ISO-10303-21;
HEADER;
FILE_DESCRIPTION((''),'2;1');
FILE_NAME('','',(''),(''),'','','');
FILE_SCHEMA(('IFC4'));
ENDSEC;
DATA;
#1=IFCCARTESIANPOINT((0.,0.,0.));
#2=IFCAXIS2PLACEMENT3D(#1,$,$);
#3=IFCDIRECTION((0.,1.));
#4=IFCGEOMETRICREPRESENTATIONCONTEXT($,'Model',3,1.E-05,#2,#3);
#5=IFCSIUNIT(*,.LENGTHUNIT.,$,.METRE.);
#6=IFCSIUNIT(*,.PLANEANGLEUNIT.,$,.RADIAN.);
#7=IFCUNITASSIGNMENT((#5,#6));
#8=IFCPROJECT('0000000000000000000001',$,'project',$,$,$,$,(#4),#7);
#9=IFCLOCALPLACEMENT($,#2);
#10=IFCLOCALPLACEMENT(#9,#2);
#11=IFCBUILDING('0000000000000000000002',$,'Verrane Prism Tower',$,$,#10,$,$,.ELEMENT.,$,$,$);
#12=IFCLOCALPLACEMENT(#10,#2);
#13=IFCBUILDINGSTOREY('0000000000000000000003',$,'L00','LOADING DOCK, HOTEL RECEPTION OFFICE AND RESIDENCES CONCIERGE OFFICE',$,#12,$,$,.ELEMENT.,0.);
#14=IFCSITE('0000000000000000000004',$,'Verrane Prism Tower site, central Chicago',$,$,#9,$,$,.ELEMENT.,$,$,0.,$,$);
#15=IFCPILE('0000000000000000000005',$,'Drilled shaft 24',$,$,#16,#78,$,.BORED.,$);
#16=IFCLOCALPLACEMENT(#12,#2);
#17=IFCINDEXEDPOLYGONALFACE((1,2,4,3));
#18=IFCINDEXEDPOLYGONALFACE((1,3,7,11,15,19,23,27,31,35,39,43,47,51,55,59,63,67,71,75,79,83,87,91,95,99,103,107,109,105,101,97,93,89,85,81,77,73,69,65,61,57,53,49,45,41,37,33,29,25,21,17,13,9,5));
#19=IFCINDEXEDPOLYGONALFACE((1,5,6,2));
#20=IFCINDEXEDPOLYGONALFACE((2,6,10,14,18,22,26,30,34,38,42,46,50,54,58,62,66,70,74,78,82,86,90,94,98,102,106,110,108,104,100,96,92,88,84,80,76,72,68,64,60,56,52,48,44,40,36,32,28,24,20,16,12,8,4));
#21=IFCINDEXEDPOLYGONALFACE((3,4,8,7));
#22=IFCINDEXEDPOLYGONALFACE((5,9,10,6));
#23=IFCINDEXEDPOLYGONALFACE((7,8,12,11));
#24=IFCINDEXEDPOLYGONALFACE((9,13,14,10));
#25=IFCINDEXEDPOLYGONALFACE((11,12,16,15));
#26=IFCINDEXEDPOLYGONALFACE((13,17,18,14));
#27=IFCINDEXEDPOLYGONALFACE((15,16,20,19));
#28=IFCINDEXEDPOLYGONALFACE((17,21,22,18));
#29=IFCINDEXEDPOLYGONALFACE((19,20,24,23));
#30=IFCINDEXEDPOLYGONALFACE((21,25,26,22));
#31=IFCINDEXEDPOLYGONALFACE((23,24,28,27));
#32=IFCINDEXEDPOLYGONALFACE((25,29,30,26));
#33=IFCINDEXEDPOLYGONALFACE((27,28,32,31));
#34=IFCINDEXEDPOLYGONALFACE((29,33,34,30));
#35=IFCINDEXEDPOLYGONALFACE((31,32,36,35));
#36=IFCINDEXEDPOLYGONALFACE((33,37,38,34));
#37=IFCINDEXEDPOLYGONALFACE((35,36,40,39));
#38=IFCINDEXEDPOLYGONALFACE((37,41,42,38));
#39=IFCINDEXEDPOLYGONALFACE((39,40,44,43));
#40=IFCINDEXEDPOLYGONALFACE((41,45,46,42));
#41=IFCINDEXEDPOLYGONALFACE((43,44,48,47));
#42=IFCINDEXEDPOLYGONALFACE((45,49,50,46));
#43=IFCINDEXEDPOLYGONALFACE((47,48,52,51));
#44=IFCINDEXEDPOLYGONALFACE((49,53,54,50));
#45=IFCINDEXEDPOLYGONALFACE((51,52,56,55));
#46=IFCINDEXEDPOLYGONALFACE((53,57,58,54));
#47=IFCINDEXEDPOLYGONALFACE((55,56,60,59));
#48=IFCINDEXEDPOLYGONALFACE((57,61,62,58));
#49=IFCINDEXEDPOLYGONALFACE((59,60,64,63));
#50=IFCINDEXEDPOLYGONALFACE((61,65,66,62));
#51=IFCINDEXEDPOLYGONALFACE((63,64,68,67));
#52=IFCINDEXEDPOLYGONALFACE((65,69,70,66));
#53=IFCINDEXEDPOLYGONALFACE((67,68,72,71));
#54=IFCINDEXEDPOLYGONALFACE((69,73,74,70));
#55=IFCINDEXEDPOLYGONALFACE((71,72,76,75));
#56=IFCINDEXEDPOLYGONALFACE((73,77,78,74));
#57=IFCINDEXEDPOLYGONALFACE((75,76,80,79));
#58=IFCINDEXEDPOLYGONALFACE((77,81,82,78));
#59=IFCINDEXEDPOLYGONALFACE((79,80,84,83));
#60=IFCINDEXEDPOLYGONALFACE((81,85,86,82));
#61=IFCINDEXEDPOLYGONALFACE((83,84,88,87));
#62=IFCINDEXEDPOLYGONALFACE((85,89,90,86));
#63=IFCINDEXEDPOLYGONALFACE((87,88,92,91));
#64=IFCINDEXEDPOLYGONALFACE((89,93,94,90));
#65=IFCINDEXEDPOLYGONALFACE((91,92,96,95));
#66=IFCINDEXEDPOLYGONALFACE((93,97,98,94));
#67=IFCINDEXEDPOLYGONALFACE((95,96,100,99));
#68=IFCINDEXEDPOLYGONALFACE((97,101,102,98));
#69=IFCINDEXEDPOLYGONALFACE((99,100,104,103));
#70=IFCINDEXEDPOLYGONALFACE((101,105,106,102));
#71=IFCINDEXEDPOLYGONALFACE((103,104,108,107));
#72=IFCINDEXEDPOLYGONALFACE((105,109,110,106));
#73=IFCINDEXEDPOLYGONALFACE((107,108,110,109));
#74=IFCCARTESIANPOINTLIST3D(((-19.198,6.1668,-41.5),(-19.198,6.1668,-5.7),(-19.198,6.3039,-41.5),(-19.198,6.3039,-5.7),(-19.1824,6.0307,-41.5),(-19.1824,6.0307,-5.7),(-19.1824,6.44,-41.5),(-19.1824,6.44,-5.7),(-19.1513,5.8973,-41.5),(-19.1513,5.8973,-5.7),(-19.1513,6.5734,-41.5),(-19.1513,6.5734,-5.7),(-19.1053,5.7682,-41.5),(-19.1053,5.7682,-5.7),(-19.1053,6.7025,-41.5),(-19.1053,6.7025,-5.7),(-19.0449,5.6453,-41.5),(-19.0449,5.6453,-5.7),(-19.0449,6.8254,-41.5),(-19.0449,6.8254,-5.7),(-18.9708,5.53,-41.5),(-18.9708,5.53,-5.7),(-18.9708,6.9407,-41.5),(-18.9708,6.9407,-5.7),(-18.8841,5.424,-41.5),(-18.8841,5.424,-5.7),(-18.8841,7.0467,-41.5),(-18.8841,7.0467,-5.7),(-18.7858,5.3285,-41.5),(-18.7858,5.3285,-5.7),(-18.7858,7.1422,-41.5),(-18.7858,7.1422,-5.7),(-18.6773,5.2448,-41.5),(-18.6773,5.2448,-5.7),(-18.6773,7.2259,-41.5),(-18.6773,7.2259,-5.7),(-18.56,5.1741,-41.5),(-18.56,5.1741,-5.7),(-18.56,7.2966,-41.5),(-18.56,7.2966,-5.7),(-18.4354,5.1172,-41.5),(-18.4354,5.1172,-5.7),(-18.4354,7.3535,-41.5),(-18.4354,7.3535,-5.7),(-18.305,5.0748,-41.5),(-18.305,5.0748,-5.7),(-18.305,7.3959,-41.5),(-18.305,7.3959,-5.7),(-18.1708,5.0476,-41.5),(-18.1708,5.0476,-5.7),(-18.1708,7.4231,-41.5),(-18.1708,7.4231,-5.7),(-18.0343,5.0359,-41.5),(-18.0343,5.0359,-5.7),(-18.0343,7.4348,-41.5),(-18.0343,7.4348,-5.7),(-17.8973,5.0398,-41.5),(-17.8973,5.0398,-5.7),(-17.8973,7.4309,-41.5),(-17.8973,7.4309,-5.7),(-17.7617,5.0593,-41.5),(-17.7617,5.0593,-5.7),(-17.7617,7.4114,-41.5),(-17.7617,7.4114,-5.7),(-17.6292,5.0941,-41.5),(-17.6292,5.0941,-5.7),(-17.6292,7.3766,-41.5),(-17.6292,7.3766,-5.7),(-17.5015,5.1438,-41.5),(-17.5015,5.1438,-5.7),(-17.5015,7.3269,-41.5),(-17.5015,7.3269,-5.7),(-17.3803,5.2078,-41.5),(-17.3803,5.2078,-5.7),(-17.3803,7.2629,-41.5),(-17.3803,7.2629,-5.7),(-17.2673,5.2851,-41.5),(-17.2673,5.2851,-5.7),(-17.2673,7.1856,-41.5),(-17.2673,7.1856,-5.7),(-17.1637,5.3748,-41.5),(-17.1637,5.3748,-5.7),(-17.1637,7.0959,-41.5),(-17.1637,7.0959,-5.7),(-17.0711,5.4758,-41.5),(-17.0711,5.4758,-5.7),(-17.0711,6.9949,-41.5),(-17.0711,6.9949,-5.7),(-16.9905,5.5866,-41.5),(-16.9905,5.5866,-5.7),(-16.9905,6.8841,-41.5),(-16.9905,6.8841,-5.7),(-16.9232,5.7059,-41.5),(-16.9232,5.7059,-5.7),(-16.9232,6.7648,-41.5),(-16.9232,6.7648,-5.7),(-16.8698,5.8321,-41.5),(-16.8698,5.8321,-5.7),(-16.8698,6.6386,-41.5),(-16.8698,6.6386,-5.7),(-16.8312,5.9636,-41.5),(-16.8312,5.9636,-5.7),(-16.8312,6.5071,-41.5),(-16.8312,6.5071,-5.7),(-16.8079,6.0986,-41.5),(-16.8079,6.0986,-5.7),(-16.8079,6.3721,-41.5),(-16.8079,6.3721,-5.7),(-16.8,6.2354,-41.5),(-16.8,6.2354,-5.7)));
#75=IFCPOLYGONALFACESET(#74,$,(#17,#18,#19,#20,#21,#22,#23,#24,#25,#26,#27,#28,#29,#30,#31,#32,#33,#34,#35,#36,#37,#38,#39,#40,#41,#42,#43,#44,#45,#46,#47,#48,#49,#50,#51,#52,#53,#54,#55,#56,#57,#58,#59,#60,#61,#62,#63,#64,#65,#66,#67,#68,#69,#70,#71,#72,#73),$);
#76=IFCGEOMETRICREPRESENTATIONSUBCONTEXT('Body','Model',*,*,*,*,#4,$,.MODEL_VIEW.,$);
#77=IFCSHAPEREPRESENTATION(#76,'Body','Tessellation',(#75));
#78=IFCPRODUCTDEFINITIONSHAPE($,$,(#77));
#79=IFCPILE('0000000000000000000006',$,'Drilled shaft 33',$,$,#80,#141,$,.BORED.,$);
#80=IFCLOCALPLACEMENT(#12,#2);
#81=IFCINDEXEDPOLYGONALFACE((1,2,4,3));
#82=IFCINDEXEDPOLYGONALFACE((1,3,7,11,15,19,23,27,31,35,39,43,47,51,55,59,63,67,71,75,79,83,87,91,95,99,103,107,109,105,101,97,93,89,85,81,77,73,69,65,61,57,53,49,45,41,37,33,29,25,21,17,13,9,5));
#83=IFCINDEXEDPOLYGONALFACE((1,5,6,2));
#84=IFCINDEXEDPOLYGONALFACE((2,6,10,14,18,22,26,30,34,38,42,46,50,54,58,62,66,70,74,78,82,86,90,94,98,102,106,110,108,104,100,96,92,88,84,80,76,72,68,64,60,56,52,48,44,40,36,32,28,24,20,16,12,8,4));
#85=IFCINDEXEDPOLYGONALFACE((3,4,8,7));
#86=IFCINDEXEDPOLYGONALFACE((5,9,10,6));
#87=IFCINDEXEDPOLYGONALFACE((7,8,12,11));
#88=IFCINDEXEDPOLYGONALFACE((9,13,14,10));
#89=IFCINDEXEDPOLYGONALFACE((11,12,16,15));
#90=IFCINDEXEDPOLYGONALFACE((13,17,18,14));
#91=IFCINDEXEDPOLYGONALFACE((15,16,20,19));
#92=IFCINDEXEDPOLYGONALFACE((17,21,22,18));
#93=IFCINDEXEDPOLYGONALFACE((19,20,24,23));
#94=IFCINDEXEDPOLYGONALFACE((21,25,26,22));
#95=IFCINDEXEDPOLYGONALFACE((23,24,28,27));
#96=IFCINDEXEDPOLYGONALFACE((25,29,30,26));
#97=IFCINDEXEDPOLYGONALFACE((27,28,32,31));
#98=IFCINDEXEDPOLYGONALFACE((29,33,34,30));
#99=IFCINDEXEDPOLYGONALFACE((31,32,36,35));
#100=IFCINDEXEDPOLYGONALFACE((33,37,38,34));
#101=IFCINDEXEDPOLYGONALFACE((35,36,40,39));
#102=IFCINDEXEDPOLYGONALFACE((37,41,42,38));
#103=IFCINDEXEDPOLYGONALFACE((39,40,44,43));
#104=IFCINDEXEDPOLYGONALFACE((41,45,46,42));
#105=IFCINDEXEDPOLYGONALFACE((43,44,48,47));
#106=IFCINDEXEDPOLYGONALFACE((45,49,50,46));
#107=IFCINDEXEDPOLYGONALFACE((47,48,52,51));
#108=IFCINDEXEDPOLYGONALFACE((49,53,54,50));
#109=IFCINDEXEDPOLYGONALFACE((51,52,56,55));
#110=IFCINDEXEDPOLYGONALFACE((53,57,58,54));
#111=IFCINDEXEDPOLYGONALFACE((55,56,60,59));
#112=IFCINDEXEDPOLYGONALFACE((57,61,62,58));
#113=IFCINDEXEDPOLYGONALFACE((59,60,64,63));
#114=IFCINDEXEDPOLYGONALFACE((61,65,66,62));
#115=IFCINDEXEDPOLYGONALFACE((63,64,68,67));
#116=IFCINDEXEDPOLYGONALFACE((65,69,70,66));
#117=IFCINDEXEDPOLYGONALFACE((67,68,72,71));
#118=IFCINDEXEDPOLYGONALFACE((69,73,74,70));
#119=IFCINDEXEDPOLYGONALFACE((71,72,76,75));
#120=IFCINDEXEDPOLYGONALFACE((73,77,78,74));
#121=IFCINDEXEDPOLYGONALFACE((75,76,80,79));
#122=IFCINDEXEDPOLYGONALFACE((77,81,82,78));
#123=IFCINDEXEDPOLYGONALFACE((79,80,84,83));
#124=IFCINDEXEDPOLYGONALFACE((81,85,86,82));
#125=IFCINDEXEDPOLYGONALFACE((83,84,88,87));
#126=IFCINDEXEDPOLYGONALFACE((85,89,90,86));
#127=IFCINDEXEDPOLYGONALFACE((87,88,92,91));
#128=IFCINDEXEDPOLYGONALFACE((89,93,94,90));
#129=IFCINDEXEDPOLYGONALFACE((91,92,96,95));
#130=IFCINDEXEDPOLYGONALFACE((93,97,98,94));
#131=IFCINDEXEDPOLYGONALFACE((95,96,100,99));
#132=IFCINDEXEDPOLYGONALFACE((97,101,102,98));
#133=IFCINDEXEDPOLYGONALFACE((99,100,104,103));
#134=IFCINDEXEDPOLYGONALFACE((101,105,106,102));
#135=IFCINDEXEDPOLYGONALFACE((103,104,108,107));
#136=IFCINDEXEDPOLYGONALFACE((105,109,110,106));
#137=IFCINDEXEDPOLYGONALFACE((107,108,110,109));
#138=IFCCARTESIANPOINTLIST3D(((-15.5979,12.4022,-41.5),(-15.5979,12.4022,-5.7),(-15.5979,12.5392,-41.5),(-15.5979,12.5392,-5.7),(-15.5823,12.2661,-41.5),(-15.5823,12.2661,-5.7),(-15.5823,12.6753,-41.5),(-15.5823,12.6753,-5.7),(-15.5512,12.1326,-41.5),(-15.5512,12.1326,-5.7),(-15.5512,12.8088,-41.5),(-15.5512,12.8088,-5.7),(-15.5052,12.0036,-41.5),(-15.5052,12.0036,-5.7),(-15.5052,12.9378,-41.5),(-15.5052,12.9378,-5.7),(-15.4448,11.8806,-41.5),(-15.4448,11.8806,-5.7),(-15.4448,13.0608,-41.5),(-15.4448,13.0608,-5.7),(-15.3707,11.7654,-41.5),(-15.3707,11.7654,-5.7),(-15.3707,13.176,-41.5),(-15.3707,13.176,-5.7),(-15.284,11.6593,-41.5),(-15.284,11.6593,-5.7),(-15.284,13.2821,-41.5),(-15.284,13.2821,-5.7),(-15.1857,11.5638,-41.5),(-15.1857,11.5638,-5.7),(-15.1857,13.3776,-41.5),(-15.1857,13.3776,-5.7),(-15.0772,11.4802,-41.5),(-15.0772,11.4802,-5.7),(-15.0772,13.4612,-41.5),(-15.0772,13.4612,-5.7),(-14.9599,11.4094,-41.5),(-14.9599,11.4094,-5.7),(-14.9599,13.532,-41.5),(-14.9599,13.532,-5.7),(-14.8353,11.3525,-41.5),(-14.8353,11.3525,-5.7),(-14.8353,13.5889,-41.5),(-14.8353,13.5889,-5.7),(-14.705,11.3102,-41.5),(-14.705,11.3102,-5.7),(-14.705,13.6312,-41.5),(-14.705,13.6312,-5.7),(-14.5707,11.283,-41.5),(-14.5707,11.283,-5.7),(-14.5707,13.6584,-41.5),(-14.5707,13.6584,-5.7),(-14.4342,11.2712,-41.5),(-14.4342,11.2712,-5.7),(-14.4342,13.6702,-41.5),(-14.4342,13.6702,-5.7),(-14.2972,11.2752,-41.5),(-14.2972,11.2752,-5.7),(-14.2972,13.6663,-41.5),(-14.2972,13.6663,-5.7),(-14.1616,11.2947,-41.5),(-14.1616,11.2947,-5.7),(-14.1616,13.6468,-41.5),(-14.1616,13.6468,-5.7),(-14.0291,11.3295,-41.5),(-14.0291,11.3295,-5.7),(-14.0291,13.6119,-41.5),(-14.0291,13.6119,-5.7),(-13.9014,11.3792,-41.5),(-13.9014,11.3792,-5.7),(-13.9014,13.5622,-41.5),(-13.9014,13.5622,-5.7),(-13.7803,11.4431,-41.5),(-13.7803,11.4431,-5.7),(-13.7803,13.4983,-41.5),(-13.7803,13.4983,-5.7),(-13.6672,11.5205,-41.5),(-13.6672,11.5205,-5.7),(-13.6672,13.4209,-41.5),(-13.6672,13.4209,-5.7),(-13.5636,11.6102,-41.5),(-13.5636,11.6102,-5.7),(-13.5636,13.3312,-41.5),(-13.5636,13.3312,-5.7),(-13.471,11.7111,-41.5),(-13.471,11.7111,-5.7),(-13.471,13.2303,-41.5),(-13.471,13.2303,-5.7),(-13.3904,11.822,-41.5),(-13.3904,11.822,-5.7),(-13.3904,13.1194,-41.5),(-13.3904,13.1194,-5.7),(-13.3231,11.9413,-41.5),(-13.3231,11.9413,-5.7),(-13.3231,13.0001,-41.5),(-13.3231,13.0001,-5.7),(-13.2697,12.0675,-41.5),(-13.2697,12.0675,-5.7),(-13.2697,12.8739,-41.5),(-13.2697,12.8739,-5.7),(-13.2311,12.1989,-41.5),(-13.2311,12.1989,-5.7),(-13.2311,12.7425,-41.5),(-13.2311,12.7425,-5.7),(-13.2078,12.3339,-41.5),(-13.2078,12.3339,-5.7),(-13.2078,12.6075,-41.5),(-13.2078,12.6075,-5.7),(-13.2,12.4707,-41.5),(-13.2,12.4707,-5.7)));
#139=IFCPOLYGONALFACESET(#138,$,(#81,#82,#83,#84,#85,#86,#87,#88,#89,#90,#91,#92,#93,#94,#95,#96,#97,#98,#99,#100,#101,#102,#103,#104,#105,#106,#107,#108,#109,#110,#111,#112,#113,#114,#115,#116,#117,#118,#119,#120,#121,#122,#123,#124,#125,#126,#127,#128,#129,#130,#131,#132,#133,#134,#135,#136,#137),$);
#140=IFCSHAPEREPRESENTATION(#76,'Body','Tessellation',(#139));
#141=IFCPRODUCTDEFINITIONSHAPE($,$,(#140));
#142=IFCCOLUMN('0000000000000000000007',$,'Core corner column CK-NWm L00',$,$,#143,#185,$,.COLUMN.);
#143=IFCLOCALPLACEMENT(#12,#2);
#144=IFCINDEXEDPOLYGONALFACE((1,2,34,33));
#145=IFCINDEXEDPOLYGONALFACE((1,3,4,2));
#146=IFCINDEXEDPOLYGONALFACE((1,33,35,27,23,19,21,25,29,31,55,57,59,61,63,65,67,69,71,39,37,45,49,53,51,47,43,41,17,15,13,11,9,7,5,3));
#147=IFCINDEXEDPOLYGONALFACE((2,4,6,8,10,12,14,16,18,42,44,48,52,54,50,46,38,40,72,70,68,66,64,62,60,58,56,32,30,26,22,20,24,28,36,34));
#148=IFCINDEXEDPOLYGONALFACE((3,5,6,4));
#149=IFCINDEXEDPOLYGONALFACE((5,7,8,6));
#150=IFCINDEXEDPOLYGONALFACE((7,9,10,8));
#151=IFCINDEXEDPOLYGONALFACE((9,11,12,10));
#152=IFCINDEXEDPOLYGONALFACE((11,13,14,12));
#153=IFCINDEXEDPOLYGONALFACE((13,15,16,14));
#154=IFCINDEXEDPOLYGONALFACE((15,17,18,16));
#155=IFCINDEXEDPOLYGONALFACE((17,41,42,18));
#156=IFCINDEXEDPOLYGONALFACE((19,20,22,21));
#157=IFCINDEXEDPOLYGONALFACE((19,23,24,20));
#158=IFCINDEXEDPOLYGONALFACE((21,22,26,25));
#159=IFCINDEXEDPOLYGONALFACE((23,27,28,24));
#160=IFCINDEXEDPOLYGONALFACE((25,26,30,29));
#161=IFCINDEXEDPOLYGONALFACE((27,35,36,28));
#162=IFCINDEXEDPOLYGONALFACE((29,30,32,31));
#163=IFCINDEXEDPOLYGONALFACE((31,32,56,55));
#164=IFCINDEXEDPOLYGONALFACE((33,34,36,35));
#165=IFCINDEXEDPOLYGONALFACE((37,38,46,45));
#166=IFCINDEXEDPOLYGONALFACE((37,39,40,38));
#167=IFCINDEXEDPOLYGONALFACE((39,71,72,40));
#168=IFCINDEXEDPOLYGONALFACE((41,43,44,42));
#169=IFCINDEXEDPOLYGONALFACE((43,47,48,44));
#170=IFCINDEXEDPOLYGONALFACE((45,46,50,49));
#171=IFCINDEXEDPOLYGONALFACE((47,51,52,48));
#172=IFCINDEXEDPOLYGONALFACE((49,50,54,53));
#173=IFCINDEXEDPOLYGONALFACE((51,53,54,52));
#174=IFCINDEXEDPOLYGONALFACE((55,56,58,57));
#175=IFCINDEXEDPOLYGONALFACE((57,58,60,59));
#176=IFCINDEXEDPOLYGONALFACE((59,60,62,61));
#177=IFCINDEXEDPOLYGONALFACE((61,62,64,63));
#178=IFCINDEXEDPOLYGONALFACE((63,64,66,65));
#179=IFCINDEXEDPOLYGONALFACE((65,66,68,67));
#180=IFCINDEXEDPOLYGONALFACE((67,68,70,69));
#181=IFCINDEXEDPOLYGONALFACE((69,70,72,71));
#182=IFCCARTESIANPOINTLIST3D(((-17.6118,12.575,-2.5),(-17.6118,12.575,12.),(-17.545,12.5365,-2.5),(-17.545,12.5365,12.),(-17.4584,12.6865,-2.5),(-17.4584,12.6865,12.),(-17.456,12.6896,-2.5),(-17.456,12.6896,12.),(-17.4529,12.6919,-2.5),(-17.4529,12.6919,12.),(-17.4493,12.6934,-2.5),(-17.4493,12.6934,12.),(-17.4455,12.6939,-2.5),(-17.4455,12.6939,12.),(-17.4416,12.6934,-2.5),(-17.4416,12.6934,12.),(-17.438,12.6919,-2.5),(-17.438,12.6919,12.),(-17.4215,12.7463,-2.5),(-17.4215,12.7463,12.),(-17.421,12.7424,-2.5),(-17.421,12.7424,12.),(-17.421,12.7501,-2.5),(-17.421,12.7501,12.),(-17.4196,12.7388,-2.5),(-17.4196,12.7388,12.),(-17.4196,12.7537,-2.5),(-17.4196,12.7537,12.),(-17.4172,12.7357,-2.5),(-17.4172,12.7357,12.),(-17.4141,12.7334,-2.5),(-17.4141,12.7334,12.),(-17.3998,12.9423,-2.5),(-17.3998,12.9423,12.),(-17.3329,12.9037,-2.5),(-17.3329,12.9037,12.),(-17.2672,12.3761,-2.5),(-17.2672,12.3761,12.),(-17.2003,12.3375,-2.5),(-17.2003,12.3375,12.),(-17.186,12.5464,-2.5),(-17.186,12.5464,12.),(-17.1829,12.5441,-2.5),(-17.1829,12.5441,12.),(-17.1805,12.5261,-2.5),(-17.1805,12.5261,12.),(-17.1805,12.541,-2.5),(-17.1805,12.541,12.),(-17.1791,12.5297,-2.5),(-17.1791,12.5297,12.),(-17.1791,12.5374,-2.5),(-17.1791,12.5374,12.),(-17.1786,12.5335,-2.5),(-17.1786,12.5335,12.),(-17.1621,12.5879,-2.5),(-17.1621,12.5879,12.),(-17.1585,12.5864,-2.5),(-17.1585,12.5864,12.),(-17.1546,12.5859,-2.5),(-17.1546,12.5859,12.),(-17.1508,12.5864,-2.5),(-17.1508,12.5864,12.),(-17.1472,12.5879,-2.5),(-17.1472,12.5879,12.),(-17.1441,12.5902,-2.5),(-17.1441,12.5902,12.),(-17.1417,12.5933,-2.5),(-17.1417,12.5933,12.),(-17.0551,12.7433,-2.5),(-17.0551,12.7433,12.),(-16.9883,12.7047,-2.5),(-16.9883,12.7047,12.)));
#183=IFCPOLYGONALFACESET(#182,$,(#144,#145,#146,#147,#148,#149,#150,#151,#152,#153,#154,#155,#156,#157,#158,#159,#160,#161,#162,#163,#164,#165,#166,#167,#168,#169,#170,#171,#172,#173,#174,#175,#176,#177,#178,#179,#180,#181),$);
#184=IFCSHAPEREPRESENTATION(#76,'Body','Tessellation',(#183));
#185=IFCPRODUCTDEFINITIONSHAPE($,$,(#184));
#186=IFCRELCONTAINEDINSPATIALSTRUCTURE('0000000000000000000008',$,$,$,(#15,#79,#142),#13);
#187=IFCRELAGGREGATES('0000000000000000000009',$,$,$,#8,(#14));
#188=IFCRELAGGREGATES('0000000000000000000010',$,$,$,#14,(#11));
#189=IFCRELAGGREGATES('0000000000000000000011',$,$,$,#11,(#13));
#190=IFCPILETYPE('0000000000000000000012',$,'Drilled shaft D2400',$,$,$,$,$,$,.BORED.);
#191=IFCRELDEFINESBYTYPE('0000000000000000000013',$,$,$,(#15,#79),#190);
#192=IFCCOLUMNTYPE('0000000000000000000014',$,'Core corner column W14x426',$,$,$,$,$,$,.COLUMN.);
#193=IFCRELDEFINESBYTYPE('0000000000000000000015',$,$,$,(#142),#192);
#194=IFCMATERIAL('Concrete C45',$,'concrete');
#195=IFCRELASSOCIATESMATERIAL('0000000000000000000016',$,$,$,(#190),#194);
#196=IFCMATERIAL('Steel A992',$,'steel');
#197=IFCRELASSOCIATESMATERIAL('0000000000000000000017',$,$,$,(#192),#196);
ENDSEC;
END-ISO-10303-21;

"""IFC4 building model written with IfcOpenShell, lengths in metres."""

from ifc_helpers import new_model, si_unit, direction, frame, origin, origin_2d, place, context, subcontext, project, spatial, circle, i_section, extrude, material, material_profile, profile_set, type_object, element, save


model = new_model("IFC4")

# Units and contexts
model_context = context("Model", 3, precision=1e-05, world=origin(), true_north=direction((0.0, 1.0)))
body_context = subcontext(model_context, "Body", "Model", "MODEL_VIEW")
ifc_project = project(units=[si_unit("LENGTHUNIT", "METRE"), si_unit("PLANEANGLEUNIT", "RADIAN")], contexts=[model_context])

# Site, building, storey
site_placement = place(None, origin())
site = spatial("IfcSite", under=ifc_project, at=site_placement, Name="Verrane Prism Tower site, central Chicago", CompositionType="ELEMENT", RefElevation=0.0)
building_placement = place(site_placement, origin())
building = spatial("IfcBuilding", under=site, at=building_placement, Name="Verrane Prism Tower", CompositionType="ELEMENT")
storey_placement = place(building_placement, origin())
storey = spatial("IfcBuildingStorey", under=building, at=storey_placement, Name="L00", Description="LOADING DOCK, HOTEL RECEPTION OFFICE AND RESIDENCES CONCIERGE OFFICE", CompositionType="ELEMENT", Elevation=0.0)

# Piles
ifc_material_1 = material(Name="Concrete C45", Category="concrete")
pile_type = type_object("IfcPileType", Name="Drilled shaft D2400", PredefinedType="BORED", material=ifc_material_1)
for number, where, z_axis, x_axis, name in (
    (1, (-18.0, 6.2354, -5.7), (0.0, 0.0, -1.0), (1.0, 0.0, 0.0), "Drilled shaft 24"),
    (2, (-14.3999, 12.4707, -5.7), (0.0, 0.0, -1.0), (1.0, 0.0, 0.0), "Drilled shaft 33"),
):
    element("IfcPile", number, at=place(storey_placement, frame(where, z_axis=z_axis, x_axis=x_axis)), inside=storey, type_object=pile_type, Name=name, PredefinedType="BORED", context=body_context, shape_type="SweptSolid", body=[
        extrude(circle(Radius=1.2, at=origin_2d()), origin(), (0.0, 0.0, 1.0), 35.8),
    ])

# Column
ifc_material_2 = material(Name="Steel A992", Category="steel")
ifc_material_profile_1 = material_profile(ifc_material_2, i_section(OverallWidth=0.4241, OverallDepth=0.4751, WebThickness=0.0479, FlangeThickness=0.0771, FilletRadius=0.0149, at=origin_2d()), Name="W14x426")
ifc_profile_set_1 = profile_set([ifc_material_profile_1], Name="Steel A992")
column_type_1 = type_object("IfcColumnType", Name="Core corner column W14x426", PredefinedType="COLUMN", material=ifc_profile_set_1)
column_1_placement = place(storey_placement, frame((-17.3, 12.6399, -2.5), z_axis=(0.0, 0.0, 1.0), x_axis=(0.5, 0.866025, 0.0)))
element("IfcColumn", 3, at=column_1_placement, inside=storey, type_object=column_type_1, Name="Core corner column CK-NWm L00", PredefinedType="COLUMN", context=body_context, shape_type="SweptSolid", body=[
    extrude(i_section(OverallWidth=0.4241, OverallDepth=0.4751, WebThickness=0.0479, FlangeThickness=0.0771, FilletRadius=0.0149, at=origin_2d()), origin(), (0.0, 0.0, 1.0), 14.5),
])

save(model, "model.ifc")
